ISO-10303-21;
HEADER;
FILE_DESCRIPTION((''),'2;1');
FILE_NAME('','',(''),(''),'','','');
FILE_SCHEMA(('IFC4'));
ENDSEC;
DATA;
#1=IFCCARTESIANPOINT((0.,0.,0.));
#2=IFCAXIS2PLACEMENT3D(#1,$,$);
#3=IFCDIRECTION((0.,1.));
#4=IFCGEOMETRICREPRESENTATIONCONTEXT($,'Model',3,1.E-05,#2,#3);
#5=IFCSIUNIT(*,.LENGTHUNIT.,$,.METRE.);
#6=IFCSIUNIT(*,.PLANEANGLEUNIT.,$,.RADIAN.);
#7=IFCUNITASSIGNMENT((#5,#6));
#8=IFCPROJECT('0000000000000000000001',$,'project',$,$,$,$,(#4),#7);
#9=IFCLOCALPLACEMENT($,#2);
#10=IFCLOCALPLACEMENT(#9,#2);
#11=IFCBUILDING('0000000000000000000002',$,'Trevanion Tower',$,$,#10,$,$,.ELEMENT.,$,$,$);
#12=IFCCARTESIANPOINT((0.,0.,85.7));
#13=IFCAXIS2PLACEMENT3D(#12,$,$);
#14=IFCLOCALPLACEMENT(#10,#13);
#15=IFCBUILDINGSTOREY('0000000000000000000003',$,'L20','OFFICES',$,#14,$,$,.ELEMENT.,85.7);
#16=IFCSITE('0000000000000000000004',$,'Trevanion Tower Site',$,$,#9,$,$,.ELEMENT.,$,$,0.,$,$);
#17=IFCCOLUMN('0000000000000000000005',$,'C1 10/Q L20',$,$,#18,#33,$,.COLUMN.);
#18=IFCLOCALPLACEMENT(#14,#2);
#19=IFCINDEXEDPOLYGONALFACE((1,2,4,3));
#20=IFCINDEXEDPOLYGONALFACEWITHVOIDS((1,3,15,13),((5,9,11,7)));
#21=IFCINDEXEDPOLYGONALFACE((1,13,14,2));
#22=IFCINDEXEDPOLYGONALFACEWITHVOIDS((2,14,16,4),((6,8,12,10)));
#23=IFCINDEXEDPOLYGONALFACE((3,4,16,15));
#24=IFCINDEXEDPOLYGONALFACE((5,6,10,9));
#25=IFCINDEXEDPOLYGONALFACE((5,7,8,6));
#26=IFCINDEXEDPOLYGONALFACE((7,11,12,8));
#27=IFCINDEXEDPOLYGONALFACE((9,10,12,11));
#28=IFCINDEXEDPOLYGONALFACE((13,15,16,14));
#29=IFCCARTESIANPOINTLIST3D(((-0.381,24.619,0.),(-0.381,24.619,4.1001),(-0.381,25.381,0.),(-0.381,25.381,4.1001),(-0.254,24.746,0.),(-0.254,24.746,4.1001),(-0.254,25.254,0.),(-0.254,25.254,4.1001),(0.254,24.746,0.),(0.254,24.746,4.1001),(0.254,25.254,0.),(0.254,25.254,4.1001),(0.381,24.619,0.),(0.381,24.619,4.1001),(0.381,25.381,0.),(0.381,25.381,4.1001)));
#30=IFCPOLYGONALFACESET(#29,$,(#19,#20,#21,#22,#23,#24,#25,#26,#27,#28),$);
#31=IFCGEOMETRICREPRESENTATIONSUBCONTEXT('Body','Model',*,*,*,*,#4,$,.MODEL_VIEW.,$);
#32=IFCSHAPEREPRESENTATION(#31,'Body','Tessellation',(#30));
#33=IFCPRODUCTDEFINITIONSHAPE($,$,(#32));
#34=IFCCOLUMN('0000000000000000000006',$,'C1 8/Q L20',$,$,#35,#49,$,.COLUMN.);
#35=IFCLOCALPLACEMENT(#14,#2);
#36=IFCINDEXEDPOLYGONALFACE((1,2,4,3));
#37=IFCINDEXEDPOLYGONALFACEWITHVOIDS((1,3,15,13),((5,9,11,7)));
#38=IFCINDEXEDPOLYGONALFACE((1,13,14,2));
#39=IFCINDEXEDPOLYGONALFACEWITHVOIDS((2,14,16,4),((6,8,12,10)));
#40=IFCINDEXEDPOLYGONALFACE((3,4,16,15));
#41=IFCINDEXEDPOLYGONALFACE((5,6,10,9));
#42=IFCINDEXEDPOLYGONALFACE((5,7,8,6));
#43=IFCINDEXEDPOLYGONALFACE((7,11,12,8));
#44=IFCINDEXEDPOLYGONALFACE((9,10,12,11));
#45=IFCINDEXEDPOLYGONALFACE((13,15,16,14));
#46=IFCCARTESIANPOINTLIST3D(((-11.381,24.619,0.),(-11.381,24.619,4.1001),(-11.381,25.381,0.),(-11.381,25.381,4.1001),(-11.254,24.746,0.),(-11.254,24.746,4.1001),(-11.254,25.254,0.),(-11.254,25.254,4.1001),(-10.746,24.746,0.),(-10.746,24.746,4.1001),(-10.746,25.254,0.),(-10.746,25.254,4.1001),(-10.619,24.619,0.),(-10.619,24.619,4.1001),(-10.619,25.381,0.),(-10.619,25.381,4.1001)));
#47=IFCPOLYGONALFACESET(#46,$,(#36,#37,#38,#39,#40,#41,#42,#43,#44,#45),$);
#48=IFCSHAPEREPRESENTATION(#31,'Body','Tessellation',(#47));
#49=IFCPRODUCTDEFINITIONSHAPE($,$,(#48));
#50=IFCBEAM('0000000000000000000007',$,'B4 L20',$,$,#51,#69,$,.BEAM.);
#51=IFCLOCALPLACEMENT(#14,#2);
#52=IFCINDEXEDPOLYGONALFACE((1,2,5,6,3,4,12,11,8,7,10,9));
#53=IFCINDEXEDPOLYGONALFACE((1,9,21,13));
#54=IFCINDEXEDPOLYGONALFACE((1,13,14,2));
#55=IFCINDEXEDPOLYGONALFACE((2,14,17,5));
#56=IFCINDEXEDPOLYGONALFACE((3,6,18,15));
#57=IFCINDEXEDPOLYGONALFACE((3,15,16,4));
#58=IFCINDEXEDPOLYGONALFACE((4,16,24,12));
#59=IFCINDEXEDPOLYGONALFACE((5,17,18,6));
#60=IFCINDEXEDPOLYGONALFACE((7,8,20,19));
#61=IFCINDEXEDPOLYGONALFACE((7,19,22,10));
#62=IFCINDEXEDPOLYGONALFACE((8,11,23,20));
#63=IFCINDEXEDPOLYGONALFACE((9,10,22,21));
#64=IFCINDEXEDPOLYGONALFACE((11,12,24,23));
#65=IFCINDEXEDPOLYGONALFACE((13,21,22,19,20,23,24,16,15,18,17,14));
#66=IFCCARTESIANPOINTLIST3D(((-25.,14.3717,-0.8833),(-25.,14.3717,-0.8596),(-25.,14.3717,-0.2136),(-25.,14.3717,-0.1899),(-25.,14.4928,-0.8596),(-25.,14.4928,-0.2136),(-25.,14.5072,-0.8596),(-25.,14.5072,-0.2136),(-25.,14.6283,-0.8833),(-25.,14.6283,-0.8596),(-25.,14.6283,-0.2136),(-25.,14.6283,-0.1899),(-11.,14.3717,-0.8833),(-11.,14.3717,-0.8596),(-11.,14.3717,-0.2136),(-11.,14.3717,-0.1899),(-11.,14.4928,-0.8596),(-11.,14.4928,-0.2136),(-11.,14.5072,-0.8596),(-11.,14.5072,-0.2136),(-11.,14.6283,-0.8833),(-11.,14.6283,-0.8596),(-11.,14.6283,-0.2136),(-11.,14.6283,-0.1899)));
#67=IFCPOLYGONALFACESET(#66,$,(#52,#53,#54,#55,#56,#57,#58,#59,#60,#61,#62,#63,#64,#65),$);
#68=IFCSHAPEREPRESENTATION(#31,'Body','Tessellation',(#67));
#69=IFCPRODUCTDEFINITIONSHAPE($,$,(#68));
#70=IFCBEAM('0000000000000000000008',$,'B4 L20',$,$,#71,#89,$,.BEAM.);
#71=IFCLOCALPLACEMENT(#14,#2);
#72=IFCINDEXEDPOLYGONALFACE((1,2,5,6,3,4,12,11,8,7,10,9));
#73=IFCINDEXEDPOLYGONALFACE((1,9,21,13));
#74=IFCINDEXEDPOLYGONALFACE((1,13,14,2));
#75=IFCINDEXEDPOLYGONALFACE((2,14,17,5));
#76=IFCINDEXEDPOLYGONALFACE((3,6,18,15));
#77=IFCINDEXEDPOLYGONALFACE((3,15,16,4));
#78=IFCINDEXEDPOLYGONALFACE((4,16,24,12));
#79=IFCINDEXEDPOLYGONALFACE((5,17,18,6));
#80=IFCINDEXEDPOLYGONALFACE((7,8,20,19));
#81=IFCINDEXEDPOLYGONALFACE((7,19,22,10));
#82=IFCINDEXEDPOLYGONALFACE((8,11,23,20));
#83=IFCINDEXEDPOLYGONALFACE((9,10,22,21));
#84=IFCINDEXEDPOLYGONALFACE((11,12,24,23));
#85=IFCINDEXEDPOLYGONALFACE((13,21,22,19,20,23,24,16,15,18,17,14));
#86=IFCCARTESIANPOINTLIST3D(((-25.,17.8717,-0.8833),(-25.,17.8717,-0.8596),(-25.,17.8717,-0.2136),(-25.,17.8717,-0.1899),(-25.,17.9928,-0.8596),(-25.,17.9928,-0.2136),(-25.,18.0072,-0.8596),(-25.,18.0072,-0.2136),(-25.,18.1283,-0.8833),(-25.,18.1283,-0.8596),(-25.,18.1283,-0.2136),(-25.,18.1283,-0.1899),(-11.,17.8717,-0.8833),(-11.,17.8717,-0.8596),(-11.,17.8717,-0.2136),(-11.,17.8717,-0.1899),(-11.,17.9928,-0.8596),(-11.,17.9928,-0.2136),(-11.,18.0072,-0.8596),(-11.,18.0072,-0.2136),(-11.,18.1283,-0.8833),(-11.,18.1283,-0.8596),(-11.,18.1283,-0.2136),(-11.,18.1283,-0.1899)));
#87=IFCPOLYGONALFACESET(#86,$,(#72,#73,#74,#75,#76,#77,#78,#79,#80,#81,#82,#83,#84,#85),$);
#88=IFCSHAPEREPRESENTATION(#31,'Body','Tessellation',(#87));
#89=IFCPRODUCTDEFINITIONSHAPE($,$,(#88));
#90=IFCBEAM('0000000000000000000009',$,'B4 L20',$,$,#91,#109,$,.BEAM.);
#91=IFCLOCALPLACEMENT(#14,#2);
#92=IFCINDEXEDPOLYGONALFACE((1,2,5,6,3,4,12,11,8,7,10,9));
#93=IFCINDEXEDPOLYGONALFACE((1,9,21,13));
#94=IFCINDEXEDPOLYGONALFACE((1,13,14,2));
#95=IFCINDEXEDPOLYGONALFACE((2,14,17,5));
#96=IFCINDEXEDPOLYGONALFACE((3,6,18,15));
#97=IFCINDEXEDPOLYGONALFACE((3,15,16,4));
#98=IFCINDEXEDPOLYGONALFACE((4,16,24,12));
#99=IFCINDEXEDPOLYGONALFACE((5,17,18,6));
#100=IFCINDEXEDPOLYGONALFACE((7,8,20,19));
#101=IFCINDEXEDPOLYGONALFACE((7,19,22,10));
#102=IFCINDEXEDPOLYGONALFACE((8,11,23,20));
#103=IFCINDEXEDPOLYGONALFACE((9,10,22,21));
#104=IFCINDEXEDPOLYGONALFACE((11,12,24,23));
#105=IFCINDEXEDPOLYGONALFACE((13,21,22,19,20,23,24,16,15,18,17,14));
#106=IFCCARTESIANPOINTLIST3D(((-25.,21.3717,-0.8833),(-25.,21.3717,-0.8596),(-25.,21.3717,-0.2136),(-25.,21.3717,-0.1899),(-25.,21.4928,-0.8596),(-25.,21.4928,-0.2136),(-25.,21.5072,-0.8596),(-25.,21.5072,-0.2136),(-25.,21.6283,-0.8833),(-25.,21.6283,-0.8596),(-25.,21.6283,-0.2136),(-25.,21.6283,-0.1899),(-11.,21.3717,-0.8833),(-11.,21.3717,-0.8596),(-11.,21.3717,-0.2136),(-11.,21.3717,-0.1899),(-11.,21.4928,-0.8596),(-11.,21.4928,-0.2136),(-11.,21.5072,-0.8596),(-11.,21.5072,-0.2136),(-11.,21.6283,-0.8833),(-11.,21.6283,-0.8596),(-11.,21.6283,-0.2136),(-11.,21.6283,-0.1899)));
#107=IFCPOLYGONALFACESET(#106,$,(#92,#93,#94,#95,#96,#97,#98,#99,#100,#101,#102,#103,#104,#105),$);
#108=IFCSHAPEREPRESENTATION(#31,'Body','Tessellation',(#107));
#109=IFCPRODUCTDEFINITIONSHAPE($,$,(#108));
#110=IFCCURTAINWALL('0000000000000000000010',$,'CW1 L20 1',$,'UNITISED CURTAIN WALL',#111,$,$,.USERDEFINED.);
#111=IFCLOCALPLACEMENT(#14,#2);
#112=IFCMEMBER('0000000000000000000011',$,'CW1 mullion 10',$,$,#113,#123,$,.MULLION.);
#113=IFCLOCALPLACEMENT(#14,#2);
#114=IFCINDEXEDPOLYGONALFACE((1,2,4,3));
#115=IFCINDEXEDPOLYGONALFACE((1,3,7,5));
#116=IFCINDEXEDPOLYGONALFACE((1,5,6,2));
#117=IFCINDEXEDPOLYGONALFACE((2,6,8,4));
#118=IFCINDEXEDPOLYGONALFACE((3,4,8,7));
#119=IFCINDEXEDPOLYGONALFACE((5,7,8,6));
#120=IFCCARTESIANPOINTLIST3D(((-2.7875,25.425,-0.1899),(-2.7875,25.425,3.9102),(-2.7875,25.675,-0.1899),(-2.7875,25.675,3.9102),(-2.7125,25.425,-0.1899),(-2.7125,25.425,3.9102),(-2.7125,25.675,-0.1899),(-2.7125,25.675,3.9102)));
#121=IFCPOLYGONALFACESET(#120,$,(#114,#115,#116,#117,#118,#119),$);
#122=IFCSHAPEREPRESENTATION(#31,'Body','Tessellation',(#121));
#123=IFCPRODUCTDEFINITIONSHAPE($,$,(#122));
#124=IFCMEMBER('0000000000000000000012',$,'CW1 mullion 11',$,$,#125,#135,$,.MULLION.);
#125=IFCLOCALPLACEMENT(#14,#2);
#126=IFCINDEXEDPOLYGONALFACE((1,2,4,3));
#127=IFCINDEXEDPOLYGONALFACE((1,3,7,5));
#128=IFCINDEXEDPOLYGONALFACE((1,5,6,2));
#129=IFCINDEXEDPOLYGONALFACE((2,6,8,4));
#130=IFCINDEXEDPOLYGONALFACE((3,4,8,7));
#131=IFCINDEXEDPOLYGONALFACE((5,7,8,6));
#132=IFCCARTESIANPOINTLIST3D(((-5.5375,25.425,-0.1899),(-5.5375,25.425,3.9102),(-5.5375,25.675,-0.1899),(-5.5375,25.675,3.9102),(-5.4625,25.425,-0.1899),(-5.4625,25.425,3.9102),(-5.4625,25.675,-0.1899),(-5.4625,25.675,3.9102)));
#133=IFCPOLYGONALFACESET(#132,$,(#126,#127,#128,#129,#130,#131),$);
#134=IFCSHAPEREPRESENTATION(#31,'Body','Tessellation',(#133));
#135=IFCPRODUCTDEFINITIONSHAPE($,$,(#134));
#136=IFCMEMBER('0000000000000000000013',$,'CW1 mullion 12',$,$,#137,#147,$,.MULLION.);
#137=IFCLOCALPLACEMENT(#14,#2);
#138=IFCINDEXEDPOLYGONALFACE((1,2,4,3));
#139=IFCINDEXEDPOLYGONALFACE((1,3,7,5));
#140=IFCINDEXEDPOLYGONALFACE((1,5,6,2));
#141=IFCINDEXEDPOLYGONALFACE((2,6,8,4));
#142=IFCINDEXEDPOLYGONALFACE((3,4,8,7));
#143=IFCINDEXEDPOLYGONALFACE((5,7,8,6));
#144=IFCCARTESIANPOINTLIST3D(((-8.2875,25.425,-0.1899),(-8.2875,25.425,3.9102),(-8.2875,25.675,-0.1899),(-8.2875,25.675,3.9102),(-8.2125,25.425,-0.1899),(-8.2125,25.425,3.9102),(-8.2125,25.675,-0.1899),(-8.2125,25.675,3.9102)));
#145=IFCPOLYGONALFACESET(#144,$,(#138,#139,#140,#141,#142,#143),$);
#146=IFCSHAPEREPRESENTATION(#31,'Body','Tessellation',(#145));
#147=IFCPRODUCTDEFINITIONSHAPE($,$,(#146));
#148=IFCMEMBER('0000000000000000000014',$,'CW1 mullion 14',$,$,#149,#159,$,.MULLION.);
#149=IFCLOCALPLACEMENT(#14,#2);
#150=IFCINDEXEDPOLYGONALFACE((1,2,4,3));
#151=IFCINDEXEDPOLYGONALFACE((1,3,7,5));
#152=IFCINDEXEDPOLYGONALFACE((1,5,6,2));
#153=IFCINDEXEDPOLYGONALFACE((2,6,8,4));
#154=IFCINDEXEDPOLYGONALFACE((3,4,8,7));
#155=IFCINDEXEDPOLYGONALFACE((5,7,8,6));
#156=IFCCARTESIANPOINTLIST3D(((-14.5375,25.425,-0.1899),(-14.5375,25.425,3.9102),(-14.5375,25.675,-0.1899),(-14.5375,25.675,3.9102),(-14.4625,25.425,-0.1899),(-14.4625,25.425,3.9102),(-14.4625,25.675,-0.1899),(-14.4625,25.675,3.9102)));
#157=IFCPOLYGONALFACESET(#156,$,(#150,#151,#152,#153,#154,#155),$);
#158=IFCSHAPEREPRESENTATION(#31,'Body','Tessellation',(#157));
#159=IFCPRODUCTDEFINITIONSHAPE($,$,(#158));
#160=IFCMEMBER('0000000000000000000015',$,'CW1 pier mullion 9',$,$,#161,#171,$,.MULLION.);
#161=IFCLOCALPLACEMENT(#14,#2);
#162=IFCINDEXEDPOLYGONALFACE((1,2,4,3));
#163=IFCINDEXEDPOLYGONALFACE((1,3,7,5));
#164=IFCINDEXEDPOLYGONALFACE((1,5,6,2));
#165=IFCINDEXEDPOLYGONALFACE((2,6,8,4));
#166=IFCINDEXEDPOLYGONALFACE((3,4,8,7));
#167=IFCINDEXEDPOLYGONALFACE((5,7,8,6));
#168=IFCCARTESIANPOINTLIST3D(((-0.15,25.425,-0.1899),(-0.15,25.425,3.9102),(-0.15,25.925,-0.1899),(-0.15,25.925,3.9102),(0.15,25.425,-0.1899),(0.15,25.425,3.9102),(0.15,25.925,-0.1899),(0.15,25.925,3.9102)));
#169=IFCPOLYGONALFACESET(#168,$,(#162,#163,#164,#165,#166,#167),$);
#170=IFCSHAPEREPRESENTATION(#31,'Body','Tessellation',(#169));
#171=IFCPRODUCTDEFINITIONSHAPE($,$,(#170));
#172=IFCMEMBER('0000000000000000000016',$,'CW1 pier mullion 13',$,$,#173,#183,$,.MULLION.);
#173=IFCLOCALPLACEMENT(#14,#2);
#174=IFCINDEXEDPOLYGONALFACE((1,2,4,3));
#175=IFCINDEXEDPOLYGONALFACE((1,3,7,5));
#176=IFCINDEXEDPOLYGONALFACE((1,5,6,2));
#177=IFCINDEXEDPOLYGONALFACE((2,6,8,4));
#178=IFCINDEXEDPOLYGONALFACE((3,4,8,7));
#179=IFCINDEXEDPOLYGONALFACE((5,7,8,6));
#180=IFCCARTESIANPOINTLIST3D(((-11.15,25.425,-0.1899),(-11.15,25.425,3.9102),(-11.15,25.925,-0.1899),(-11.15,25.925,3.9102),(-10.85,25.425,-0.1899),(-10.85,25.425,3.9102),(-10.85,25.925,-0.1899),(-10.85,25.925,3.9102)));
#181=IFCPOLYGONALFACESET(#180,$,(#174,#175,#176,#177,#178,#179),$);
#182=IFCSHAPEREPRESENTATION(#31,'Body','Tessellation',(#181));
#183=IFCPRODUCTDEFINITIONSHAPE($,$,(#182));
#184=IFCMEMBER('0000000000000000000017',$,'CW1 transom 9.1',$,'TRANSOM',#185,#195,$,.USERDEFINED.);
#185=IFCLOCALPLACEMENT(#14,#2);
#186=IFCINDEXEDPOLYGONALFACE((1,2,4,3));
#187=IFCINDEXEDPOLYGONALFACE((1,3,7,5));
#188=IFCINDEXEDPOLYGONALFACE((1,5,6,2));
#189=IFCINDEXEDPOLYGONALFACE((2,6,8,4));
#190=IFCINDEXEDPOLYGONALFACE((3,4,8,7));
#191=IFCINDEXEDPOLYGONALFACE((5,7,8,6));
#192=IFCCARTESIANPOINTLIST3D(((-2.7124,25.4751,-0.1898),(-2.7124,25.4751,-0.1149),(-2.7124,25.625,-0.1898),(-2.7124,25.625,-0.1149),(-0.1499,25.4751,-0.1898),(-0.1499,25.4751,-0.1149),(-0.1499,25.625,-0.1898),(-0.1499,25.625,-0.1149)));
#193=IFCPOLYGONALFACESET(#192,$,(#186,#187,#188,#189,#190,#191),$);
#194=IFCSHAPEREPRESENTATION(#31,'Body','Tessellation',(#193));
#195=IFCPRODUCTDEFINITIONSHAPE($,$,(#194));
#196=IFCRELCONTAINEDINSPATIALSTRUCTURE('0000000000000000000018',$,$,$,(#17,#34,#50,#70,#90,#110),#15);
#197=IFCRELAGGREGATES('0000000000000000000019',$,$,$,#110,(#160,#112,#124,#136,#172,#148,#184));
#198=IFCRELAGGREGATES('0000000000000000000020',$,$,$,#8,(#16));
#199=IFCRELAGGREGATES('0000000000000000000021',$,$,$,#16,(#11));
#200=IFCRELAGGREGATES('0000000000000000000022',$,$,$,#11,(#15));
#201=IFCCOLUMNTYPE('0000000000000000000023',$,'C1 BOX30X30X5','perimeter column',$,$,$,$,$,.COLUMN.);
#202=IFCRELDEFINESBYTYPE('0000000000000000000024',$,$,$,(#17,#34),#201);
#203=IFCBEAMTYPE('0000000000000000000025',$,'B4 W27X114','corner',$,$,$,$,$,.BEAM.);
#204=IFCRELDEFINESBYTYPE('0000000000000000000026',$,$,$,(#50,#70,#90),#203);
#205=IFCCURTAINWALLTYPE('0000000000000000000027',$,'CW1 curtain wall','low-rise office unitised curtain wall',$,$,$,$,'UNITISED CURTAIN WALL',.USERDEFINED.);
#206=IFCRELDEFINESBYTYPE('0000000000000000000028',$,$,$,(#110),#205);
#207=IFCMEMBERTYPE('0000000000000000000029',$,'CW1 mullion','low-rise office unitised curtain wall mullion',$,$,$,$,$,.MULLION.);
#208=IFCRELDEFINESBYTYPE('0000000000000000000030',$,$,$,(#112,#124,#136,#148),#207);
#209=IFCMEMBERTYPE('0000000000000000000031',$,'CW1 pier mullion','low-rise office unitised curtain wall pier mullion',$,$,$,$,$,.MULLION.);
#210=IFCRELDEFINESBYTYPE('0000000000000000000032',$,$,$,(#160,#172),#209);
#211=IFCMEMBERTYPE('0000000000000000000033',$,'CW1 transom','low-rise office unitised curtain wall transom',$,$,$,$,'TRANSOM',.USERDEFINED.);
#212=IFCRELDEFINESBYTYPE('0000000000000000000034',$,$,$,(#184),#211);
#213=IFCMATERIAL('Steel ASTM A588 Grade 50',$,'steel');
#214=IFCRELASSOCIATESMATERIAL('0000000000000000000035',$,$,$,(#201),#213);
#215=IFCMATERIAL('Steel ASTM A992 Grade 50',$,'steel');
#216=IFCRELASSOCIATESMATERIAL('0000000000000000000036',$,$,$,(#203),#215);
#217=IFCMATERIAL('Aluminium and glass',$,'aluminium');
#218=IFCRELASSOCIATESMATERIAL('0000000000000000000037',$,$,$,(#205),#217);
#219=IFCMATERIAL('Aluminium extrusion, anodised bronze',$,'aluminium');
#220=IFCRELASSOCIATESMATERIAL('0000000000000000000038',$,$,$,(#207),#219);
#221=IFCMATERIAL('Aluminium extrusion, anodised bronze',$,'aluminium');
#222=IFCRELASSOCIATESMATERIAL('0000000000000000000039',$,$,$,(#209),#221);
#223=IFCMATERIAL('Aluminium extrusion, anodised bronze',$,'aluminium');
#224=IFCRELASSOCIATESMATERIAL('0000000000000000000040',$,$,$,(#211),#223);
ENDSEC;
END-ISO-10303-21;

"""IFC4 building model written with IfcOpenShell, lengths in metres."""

from ifc_helpers import new_model, si_unit, direction, frame, origin, origin_2d, place, context, subcontext, project, spatial, rectangle, hollow_rectangle, i_section, extrude, material, material_profile, profile_set, type_object, element, aggregate, save


model = new_model("IFC4")

# Units and contexts
model_context = context("Model", 3, precision=1e-05, world=origin(), true_north=direction((0.0, 1.0)))
body_context = subcontext(model_context, "Body", "Model", "MODEL_VIEW")
ifc_project = project(units=[si_unit("LENGTHUNIT", "METRE"), si_unit("PLANEANGLEUNIT", "RADIAN")], contexts=[model_context])

# Site, building, storey
site_placement = place(None, origin())
site = spatial("IfcSite", under=ifc_project, at=site_placement, Name="Trevanion Tower Site", CompositionType="ELEMENT", RefElevation=0.0)
building_placement = place(site_placement, origin())
building = spatial("IfcBuilding", under=site, at=building_placement, Name="Trevanion Tower", CompositionType="ELEMENT")
storey_placement = place(building_placement, frame((0.0, 0.0, 85.7)))
storey = spatial("IfcBuildingStorey", under=building, at=storey_placement, Name="L20", Description="OFFICES", CompositionType="ELEMENT", Elevation=85.7)

# Columns
ifc_material_1 = material(Name="Steel ASTM A588 Grade 50", Category="steel")
ifc_material_profile_1 = material_profile(ifc_material_1, hollow_rectangle(XDim=0.762, YDim=0.762, WallThickness=0.127, at=origin_2d()), Name="BOX30X30X5")
ifc_profile_set_1 = profile_set([ifc_material_profile_1], Name="Steel ASTM A588 Grade 50")
column_type = type_object("IfcColumnType", Name="C1 BOX30X30X5", Description="perimeter column", PredefinedType="COLUMN", material=ifc_profile_set_1)
for number, where, z_axis, x_axis, name in (
    (1, (0.0, 25.0, 0.0), (0.0, 0.0, 1.0), (1.0, 0.0, 0.0), "C1 10/Q L20"),
    (2, (-11.0, 25.0, 0.0), (0.0, 0.0, 1.0), (1.0, 0.0, 0.0), "C1 8/Q L20"),
):
    element("IfcColumn", number, at=place(storey_placement, frame(where, z_axis=z_axis, x_axis=x_axis)), inside=storey, type_object=column_type, Name=name, PredefinedType="COLUMN", context=body_context, shape_type="SweptSolid", body=[
        extrude(hollow_rectangle(XDim=0.762, YDim=0.762, WallThickness=0.127, at=origin_2d()), origin(), (0.0, 0.0, 1.0), 4.1001),
    ])

# Beams
ifc_material_2 = material(Name="Steel ASTM A992 Grade 50", Category="steel")
ifc_material_profile_2 = material_profile(ifc_material_2, i_section(OverallWidth=0.2566, OverallDepth=0.6934, WebThickness=0.0144, FlangeThickness=0.0237, at=origin_2d()), Name="W27X114")
ifc_profile_set_2 = profile_set([ifc_material_profile_2], Name="Steel ASTM A992 Grade 50")
beam_type_1 = type_object("IfcBeamType", Name="B4 W27X114", Description="corner", PredefinedType="BEAM", material=ifc_profile_set_2)
for number, where, z_axis, x_axis, name in (
    (3, (-11.0, 14.5, -0.5366), (-1.0, 0.0, 0.0), (0.0, -1.0, 0.0), "B4 L20"),
    (4, (-11.0, 18.0, -0.5366), (-1.0, 0.0, 0.0), (0.0, -1.0, 0.0), "B4 L20"),
    (5, (-11.0, 21.5, -0.5366), (-1.0, 0.0, 0.0), (0.0, -1.0, 0.0), "B4 L20"),
):
    element("IfcBeam", number, at=place(storey_placement, frame(where, z_axis=z_axis, x_axis=x_axis)), inside=storey, type_object=beam_type_1, Name=name, PredefinedType="BEAM", context=body_context, shape_type="SweptSolid", body=[
        extrude(i_section(OverallWidth=0.2566, OverallDepth=0.6934, WebThickness=0.0144, FlangeThickness=0.0237, at=origin_2d()), origin(), (0.0, 0.0, 1.0), 14.0),
    ])

# Curtain wall, members
ifc_material_3 = material(Name="Aluminium and glass", Category="aluminium")
curtain_wall_type = type_object("IfcCurtainWallType", Name="CW1 curtain wall", Description="low-rise office unitised curtain wall", ElementType="UNITISED CURTAIN WALL", PredefinedType="USERDEFINED", material=ifc_material_3)
curtain_wall_placement = place(storey_placement, origin())
curtain_wall = element("IfcCurtainWall", 6, at=curtain_wall_placement, inside=storey, type_object=curtain_wall_type, Name="CW1 L20 1", ObjectType="UNITISED CURTAIN WALL", PredefinedType="USERDEFINED")
ifc_material_4 = material(Name="Aluminium extrusion, anodised bronze", Category="aluminium")
ifc_material_profile_3 = material_profile(ifc_material_4, rectangle(XDim=0.075, YDim=0.25, at=origin_2d()), Name="CW1 mullion")
ifc_profile_set_3 = profile_set([ifc_material_profile_3], Name="Aluminium extrusion, anodised bronze")
member_type_1 = type_object("IfcMemberType", Name="CW1 mullion", Description="low-rise office unitised curtain wall mullion", PredefinedType="MULLION", material=ifc_profile_set_3)
member_1_placement = place(storey_placement, frame((-2.75, 25.55, -0.1899), z_axis=(0.0, 0.0, 1.0), x_axis=(-1.0, 0.0, 0.0)))
member_1 = element("IfcMember", 7, at=member_1_placement, type_object=member_type_1, Name="CW1 mullion 10", PredefinedType="MULLION", context=body_context, shape_type="SweptSolid", body=[
    extrude(rectangle(XDim=0.075, YDim=0.25, at=origin_2d()), origin(), (0.0, 0.0, 1.0), 4.1001),
])
member_2_placement = place(storey_placement, frame((-5.5, 25.55, -0.1899), z_axis=(0.0, 0.0, 1.0), x_axis=(-1.0, 0.0, 0.0)))
member_2 = element("IfcMember", 8, at=member_2_placement, type_object=member_type_1, Name="CW1 mullion 11", PredefinedType="MULLION", context=body_context, shape_type="SweptSolid", body=[
    extrude(rectangle(XDim=0.075, YDim=0.25, at=origin_2d()), origin(), (0.0, 0.0, 1.0), 4.1001),
])
member_3_placement = place(storey_placement, frame((-8.25, 25.55, -0.1899), z_axis=(0.0, 0.0, 1.0), x_axis=(-1.0, 0.0, 0.0)))
member_3 = element("IfcMember", 9, at=member_3_placement, type_object=member_type_1, Name="CW1 mullion 12", PredefinedType="MULLION", context=body_context, shape_type="SweptSolid", body=[
    extrude(rectangle(XDim=0.075, YDim=0.25, at=origin_2d()), origin(), (0.0, 0.0, 1.0), 4.1001),
])
member_4_placement = place(storey_placement, frame((-14.5, 25.55, -0.1899), z_axis=(0.0, 0.0, 1.0), x_axis=(-1.0, 0.0, 0.0)))
member_4 = element("IfcMember", 10, at=member_4_placement, type_object=member_type_1, Name="CW1 mullion 14", PredefinedType="MULLION", context=body_context, shape_type="SweptSolid", body=[
    extrude(rectangle(XDim=0.075, YDim=0.25, at=origin_2d()), origin(), (0.0, 0.0, 1.0), 4.1001),
])
ifc_material_5 = material(Name="Aluminium extrusion, anodised bronze", Category="aluminium")
ifc_material_profile_4 = material_profile(ifc_material_5, rectangle(XDim=0.3, YDim=0.5, at=origin_2d()), Name="CW1 pier mullion")
ifc_profile_set_4 = profile_set([ifc_material_profile_4], Name="Aluminium extrusion, anodised bronze")
member_type_2 = type_object("IfcMemberType", Name="CW1 pier mullion", Description="low-rise office unitised curtain wall pier mullion", PredefinedType="MULLION", material=ifc_profile_set_4)
member_5_placement = place(storey_placement, frame((0.0, 25.675, -0.1899), z_axis=(0.0, 0.0, 1.0), x_axis=(-1.0, 0.0, 0.0)))
member_5 = element("IfcMember", 11, at=member_5_placement, type_object=member_type_2, Name="CW1 pier mullion 9", PredefinedType="MULLION", context=body_context, shape_type="SweptSolid", body=[
    extrude(rectangle(XDim=0.3, YDim=0.5, at=origin_2d()), origin(), (0.0, 0.0, 1.0), 4.1001),
])
member_6_placement = place(storey_placement, frame((-11.0, 25.675, -0.1899), z_axis=(0.0, 0.0, 1.0), x_axis=(-1.0, 0.0, 0.0)))
member_6 = element("IfcMember", 12, at=member_6_placement, type_object=member_type_2, Name="CW1 pier mullion 13", PredefinedType="MULLION", context=body_context, shape_type="SweptSolid", body=[
    extrude(rectangle(XDim=0.3, YDim=0.5, at=origin_2d()), origin(), (0.0, 0.0, 1.0), 4.1001),
])
ifc_material_6 = material(Name="Aluminium extrusion, anodised bronze", Category="aluminium")
ifc_material_profile_5 = material_profile(ifc_material_6, rectangle(XDim=0.1499, YDim=0.075, at=origin_2d()), Name="CW1 transom")
ifc_profile_set_5 = profile_set([ifc_material_profile_5], Name="Aluminium extrusion, anodised bronze")
member_type_3 = type_object("IfcMemberType", Name="CW1 transom", Description="low-rise office unitised curtain wall transom", ElementType="TRANSOM", PredefinedType="USERDEFINED", material=ifc_profile_set_5)
member_7_placement = place(storey_placement, frame((-0.1499, 25.55, -0.1523), z_axis=(-1.0, 0.0, 0.0), x_axis=(0.0, -1.0, 0.0)))
member_7 = element("IfcMember", 13, at=member_7_placement, type_object=member_type_3, Name="CW1 transom 9.1", ObjectType="TRANSOM", PredefinedType="USERDEFINED", context=body_context, shape_type="SweptSolid", body=[
    extrude(rectangle(XDim=0.1499, YDim=0.075, at=origin_2d()), origin(), (0.0, 0.0, 1.0), 2.5625),
])

aggregate(curtain_wall, [member_5, member_1, member_2, member_3, member_6, member_4, member_7])

save(model, "model.ifc")
